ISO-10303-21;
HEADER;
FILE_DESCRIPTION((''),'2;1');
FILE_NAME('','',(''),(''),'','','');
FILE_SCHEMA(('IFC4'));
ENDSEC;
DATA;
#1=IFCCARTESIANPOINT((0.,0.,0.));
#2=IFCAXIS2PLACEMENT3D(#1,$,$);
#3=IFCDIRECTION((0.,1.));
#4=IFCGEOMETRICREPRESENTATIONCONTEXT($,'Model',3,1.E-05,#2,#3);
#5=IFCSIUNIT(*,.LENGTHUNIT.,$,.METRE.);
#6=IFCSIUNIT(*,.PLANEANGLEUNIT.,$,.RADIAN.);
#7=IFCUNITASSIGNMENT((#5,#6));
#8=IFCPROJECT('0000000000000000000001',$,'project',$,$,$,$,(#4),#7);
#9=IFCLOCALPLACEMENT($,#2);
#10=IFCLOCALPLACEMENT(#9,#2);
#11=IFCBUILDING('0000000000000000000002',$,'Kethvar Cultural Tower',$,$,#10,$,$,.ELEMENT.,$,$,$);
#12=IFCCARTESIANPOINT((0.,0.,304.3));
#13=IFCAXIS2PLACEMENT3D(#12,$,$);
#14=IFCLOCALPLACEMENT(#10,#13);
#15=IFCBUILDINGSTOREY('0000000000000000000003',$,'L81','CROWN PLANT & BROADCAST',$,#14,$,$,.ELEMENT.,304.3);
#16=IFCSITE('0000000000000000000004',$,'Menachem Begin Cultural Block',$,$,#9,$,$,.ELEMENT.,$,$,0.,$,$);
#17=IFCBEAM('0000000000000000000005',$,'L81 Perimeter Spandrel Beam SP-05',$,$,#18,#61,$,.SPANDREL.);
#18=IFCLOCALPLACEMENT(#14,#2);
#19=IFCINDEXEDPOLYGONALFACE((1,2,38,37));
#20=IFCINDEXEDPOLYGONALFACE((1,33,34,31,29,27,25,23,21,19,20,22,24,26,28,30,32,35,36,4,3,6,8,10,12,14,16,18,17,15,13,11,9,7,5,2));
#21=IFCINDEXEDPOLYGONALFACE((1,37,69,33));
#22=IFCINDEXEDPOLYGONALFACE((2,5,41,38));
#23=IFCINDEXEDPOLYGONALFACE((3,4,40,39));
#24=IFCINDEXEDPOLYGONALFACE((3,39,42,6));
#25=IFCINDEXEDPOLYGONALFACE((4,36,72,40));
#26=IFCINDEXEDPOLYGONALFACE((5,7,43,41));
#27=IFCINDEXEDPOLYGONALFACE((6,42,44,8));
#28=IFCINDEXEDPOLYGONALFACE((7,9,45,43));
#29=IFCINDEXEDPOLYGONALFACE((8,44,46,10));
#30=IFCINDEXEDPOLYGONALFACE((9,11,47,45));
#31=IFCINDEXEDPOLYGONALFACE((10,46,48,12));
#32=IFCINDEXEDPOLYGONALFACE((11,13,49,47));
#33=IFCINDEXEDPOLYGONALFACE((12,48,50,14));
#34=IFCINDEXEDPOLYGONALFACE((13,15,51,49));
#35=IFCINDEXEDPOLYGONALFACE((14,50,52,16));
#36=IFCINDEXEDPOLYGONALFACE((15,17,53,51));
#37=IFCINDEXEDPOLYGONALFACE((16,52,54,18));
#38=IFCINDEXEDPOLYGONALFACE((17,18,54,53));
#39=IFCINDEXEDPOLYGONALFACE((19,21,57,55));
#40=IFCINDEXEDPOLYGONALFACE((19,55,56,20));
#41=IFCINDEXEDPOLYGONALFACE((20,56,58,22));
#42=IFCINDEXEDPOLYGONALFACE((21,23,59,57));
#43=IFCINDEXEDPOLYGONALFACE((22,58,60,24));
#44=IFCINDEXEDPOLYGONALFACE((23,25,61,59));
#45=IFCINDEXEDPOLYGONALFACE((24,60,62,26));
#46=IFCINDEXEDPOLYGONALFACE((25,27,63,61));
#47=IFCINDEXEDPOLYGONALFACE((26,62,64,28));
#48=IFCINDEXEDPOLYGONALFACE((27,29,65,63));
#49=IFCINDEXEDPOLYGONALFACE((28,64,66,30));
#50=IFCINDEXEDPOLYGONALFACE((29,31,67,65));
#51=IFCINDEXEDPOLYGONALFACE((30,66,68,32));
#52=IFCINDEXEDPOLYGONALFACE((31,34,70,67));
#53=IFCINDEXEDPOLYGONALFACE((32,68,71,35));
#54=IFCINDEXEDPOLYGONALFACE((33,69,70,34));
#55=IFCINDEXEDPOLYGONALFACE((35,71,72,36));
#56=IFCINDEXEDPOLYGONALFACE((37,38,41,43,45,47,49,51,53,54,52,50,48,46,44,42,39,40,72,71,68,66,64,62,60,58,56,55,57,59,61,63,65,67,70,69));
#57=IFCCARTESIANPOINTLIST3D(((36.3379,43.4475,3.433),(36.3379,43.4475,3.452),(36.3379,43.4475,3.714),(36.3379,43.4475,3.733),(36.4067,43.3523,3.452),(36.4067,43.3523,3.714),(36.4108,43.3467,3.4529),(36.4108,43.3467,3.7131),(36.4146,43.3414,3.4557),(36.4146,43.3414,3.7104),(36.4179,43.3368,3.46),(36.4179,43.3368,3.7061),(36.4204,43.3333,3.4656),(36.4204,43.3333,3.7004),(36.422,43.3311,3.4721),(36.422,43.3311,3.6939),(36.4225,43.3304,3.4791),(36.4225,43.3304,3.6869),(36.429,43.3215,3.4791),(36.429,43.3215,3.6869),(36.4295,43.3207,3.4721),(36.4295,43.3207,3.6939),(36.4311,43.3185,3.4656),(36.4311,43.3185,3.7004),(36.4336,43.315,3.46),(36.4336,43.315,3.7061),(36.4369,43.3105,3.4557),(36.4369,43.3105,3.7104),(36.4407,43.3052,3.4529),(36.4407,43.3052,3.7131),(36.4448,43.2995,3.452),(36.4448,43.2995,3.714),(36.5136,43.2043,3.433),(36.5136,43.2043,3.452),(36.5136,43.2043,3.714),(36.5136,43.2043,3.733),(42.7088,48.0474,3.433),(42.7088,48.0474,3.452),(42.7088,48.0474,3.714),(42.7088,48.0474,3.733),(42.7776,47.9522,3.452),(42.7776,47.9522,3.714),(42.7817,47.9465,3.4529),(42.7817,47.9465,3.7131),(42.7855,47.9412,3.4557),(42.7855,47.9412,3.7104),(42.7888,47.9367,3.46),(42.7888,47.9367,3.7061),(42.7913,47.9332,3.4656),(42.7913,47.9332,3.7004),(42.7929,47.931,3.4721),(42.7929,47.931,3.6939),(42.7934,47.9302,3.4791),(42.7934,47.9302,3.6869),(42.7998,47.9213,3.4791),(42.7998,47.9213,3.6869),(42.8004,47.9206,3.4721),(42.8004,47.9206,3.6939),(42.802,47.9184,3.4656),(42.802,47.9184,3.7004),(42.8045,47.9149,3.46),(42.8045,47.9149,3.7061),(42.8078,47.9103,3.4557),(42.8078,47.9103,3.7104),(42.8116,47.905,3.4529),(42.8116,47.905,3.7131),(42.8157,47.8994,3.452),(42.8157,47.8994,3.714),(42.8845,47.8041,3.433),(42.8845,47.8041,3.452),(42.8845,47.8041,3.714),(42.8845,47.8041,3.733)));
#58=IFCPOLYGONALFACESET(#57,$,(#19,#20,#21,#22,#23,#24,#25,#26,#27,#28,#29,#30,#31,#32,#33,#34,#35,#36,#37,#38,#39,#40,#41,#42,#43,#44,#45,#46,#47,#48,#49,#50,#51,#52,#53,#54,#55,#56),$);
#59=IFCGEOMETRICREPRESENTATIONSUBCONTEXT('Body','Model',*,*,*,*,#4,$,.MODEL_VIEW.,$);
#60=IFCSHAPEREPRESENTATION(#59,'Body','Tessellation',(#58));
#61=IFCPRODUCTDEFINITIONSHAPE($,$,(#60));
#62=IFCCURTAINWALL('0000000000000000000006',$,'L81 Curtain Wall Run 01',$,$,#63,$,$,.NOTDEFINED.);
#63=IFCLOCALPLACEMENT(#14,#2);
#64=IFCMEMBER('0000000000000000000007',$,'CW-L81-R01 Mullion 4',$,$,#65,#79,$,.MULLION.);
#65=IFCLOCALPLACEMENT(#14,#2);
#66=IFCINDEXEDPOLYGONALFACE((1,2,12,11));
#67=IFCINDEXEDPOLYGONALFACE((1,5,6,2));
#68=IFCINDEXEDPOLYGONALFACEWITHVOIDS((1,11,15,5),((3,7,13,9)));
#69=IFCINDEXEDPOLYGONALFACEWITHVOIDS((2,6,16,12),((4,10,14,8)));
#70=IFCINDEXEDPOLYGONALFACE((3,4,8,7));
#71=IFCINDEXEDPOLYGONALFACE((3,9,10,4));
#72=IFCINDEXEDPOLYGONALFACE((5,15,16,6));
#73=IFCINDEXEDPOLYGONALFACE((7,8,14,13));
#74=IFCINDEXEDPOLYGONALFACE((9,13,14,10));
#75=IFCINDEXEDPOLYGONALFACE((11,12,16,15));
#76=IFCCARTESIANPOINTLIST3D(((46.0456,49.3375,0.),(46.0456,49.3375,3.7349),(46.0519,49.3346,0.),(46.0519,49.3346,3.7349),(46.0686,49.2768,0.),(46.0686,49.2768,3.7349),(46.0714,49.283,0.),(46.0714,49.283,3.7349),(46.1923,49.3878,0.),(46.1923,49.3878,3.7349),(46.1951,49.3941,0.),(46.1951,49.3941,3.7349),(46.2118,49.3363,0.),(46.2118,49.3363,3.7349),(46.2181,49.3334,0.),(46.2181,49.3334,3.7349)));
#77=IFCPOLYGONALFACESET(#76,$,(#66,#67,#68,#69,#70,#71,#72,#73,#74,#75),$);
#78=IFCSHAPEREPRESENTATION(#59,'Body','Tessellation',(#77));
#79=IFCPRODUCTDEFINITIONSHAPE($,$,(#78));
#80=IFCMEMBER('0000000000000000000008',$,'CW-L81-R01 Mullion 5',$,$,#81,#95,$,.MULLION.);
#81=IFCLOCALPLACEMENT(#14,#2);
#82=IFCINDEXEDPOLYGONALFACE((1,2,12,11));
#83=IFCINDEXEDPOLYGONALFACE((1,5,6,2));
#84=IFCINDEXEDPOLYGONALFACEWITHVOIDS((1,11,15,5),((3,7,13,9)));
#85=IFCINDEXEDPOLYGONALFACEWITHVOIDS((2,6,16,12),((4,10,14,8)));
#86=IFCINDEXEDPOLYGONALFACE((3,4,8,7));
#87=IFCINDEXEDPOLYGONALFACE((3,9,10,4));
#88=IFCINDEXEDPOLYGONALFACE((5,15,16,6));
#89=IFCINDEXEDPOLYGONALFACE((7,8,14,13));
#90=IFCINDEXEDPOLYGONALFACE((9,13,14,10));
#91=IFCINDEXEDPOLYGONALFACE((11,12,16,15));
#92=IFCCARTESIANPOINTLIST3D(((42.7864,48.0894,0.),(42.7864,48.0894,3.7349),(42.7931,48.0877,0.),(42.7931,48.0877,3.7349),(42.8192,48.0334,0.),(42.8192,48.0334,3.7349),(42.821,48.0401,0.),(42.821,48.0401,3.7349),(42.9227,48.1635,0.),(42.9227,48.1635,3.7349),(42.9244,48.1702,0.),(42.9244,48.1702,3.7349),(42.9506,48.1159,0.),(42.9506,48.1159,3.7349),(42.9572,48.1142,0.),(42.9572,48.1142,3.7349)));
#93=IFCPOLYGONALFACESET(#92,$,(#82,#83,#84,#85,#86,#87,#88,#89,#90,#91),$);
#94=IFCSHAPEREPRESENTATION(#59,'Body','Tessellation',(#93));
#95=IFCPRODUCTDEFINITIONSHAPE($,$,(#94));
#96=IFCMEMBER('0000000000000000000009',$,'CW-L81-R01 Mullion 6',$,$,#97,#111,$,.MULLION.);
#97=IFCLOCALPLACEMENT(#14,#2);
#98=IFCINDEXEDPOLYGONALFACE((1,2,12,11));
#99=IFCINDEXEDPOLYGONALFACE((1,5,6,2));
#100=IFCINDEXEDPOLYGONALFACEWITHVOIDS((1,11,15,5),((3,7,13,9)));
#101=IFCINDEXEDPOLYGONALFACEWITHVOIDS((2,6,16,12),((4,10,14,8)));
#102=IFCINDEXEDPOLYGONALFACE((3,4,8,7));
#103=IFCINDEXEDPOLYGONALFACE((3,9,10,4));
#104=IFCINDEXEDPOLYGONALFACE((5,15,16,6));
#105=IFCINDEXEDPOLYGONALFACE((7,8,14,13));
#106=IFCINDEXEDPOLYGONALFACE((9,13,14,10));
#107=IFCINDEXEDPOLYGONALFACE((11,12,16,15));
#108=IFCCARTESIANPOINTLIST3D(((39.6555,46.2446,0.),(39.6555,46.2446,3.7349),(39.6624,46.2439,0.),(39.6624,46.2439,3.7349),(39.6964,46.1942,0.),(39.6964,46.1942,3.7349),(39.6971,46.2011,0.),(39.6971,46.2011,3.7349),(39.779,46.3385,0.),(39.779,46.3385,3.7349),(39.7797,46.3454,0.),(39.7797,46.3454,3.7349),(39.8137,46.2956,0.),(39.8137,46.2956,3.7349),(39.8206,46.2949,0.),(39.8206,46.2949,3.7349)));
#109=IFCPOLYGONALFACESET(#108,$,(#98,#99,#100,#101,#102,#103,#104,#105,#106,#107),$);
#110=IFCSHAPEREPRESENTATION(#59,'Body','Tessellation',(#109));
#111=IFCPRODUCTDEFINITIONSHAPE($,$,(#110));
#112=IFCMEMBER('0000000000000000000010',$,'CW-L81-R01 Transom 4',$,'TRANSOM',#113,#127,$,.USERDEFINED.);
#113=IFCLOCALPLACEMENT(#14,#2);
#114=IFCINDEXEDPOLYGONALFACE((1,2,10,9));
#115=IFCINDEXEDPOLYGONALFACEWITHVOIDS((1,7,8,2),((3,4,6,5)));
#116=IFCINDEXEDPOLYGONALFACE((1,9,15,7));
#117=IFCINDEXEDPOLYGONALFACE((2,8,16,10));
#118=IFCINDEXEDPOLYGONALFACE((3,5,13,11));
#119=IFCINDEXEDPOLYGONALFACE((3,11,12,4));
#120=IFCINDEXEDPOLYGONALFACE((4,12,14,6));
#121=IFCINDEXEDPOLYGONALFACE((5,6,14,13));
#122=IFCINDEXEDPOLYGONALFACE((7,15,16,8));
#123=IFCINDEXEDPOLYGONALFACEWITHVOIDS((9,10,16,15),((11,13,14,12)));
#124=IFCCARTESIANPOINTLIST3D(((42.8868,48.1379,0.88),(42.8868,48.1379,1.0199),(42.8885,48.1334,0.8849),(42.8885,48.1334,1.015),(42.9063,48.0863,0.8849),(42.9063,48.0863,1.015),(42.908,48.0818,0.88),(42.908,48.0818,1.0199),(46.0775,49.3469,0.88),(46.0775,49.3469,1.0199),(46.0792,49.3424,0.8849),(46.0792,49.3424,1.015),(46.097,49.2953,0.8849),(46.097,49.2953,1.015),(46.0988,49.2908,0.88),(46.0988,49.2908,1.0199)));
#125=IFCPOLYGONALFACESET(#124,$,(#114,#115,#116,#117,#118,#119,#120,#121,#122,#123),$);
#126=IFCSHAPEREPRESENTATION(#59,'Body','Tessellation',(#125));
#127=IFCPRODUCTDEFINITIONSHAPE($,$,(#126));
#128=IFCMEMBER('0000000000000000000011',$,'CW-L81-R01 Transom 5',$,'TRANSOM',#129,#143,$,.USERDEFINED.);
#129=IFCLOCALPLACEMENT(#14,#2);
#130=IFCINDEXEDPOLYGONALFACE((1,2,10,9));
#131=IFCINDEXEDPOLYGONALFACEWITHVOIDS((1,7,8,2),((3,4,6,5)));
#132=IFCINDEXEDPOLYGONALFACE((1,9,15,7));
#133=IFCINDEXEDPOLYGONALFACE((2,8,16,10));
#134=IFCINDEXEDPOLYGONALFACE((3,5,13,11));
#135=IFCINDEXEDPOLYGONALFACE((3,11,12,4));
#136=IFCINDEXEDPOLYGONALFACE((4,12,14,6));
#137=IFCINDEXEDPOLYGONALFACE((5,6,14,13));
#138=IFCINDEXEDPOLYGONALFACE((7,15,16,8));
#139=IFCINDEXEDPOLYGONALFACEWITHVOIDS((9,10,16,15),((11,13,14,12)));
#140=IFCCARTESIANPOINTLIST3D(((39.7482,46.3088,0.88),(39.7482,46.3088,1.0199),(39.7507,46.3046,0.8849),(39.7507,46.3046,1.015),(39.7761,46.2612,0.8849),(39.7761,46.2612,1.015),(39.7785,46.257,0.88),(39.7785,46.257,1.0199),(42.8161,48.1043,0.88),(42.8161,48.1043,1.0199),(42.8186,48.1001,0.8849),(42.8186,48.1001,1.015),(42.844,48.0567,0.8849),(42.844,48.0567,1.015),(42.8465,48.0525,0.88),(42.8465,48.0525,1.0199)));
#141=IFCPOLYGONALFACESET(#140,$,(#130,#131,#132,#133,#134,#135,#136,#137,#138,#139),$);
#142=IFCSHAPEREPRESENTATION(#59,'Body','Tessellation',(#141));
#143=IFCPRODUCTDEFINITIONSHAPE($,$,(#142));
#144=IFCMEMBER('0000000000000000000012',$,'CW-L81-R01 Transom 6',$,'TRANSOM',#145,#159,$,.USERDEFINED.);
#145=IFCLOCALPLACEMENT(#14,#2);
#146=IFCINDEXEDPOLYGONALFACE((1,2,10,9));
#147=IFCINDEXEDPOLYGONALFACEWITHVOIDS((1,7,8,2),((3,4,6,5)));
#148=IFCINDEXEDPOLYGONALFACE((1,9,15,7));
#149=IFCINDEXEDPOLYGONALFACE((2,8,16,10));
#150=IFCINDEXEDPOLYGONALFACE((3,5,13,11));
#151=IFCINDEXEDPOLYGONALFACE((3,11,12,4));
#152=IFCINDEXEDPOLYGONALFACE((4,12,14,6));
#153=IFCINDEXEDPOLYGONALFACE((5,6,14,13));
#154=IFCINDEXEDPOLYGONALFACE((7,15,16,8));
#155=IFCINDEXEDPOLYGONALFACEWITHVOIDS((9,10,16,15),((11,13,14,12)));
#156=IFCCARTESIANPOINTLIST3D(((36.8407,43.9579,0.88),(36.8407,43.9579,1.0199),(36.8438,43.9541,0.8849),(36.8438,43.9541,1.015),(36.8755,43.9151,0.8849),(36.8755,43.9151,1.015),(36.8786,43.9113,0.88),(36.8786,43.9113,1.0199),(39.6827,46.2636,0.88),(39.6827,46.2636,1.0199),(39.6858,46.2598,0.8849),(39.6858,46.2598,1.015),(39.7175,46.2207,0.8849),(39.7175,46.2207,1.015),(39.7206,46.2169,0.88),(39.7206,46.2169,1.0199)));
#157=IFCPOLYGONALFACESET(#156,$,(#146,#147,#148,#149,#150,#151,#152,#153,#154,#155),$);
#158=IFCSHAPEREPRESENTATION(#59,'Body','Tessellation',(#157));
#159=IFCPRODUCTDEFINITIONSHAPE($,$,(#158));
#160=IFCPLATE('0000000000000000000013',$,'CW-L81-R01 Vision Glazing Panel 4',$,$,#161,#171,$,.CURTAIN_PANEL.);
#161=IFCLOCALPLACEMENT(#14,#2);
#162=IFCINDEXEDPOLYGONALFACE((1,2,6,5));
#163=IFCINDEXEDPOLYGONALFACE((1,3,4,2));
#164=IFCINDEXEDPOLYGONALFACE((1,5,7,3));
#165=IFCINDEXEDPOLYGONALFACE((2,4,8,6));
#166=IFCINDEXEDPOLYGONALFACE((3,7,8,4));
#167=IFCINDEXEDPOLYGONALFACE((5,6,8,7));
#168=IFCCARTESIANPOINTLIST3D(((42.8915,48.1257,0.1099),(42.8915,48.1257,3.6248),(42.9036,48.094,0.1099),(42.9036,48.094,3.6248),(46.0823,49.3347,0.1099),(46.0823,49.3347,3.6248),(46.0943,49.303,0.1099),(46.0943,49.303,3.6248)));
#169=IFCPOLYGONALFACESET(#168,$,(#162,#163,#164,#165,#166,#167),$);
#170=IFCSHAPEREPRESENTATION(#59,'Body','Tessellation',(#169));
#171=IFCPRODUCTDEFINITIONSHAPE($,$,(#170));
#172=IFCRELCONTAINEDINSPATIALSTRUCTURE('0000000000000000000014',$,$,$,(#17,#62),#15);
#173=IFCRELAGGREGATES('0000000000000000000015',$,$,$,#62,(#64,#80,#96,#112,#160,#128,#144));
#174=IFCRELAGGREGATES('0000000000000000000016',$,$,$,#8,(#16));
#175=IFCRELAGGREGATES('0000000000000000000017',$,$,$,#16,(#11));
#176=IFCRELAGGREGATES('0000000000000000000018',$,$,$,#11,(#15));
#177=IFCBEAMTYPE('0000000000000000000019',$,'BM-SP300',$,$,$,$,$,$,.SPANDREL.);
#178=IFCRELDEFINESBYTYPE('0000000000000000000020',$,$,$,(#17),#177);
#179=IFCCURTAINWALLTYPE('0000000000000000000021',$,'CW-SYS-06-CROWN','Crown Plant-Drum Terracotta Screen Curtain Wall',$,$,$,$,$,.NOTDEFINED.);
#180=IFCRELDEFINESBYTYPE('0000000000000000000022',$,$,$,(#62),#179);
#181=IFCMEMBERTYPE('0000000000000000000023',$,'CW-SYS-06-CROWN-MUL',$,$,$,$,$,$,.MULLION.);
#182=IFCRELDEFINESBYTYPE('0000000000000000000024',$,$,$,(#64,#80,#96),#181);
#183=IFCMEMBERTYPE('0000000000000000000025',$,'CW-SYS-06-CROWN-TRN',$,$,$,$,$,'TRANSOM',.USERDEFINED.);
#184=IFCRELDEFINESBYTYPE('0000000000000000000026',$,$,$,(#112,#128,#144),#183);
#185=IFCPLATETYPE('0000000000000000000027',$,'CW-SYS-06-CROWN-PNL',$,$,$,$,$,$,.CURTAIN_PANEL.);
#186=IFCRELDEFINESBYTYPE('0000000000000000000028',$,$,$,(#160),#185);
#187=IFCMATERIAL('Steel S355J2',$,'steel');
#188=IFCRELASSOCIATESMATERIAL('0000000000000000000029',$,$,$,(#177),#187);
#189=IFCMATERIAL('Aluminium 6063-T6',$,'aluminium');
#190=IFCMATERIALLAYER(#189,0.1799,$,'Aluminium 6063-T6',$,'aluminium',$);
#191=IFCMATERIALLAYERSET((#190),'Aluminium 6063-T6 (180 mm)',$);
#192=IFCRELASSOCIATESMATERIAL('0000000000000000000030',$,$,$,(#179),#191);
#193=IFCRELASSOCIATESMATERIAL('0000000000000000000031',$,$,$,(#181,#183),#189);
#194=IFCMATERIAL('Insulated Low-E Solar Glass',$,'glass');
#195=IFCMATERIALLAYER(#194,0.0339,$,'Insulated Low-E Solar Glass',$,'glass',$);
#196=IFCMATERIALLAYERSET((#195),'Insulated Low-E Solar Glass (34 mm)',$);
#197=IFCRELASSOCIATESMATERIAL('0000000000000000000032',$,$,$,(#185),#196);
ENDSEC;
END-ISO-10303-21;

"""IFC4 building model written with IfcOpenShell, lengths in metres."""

from ifc_helpers import new_model, si_unit, direction, frame, origin, origin_2d, place, context, subcontext, project, spatial, rectangle, hollow_rectangle, i_section, extrude, source, transform, mapped, material, layer, layer_set, material_profile, profile_set, type_object, element, aggregate, save


model = new_model("IFC4")

# Units and contexts
model_context = context("Model", 3, precision=1e-05, world=origin(), true_north=direction((0.0, 1.0)))
body_context = subcontext(model_context, "Body", "Model", "MODEL_VIEW")
ifc_project = project(units=[si_unit("LENGTHUNIT", "METRE"), si_unit("PLANEANGLEUNIT", "RADIAN")], contexts=[model_context])

# Site, building, storey
site_placement = place(None, origin())
site = spatial("IfcSite", under=ifc_project, at=site_placement, Name="Menachem Begin Cultural Block", CompositionType="ELEMENT", RefElevation=0.0)
building_placement = place(site_placement, origin())
building = spatial("IfcBuilding", under=site, at=building_placement, Name="Kethvar Cultural Tower", CompositionType="ELEMENT")
storey_placement = place(building_placement, frame((0.0, 0.0, 304.3)))
storey = spatial("IfcBuildingStorey", under=building, at=storey_placement, Name="L81", Description="CROWN PLANT & BROADCAST", CompositionType="ELEMENT", Elevation=304.3)

# Shared definitions
ifc_material_1 = material(Name="Steel S355J2", Category="steel")

# Beam
ifc_material_profile_1 = material_profile(ifc_material_1, i_section(OverallWidth=0.3, OverallDepth=0.3, WebThickness=0.011, FlangeThickness=0.019, FilletRadius=0.0271, at=origin_2d()), Name="Steel S355J2 — HEB300")
ifc_profile_set_1 = profile_set([ifc_material_profile_1], Name="Steel S355J2 — HEB300")
beam_type_1 = type_object("IfcBeamType", Name="BM-SP300", PredefinedType="SPANDREL", material=ifc_profile_set_1)
shared_shape_1 = source(origin(), body_context, "Body", "SweptSolid", [
    extrude(i_section(OverallWidth=0.3, OverallDepth=0.3, WebThickness=0.011, FlangeThickness=0.019, FilletRadius=0.0271, at=origin_2d()), origin(), (0.0, 0.0, 1.0), 7.8579),
])
beam_1_placement = place(storey_placement, frame((42.7966, 47.9258, 3.583), z_axis=(-0.810759, -0.585381, 0.0), x_axis=(0.585381, -0.810759, 0.0)))
element("IfcBeam", 1, at=beam_1_placement, inside=storey, type_object=beam_type_1, Name="L81 Perimeter Spandrel Beam SP-05", PredefinedType="SPANDREL", context=body_context, shape_type="MappedRepresentation", body=[
    mapped(shared_shape_1, transform((0.0, 0.0, 0.0), scale=1.0)),
])

# Curtain wall, members, plate
ifc_material_2 = material(Name="Aluminium 6063-T6", Category="aluminium")
ifc_layer_1 = layer(ifc_material_2, 0.1799, Name="Aluminium 6063-T6", Category="aluminium")
ifc_layer_set_1 = layer_set([ifc_layer_1], Name="Aluminium 6063-T6 (180 mm)")
curtain_wall_type = type_object("IfcCurtainWallType", Name="CW-SYS-06-CROWN", Description="Crown Plant-Drum Terracotta Screen Curtain Wall", PredefinedType="NOTDEFINED", material=ifc_layer_set_1)
curtain_wall_placement = place(storey_placement, origin())
curtain_wall = element("IfcCurtainWall", 2, at=curtain_wall_placement, inside=storey, type_object=curtain_wall_type, Name="L81 Curtain Wall Run 01", PredefinedType="NOTDEFINED")
ifc_material_profile_2 = material_profile(ifc_material_2, hollow_rectangle(XDim=0.0649, YDim=0.1599, WallThickness=0.0049, at=origin_2d()), Name="Aluminium 6063-T6 — RHS160x65x5")
ifc_profile_set_2 = profile_set([ifc_material_profile_2], Name="Aluminium 6063-T6 — RHS160x65x5")
member_type_1 = type_object("IfcMemberType", Name="CW-SYS-06-CROWN-MUL", PredefinedType="MULLION", material=ifc_profile_set_2)
shared_shape_2 = source(origin(), body_context, "Body", "SweptSolid", [
    extrude(hollow_rectangle(XDim=0.0649, YDim=0.1599, WallThickness=0.0049, at=origin_2d()), origin(), (0.0, 0.0, 1.0), 3.7349),
])
member_1_placement = place(storey_placement, frame((46.1318, 49.3354, 0.0), z_axis=(0.0, 0.0, 1.0), x_axis=(0.35434, -0.935117, 0.0)))
member_1 = element("IfcMember", 3, at=member_1_placement, type_object=member_type_1, Name="CW-L81-R01 Mullion 4", PredefinedType="MULLION", context=body_context, shape_type="MappedRepresentation", body=[
    mapped(shared_shape_2, transform((0.0, 0.0, 0.0), scale=1.0)),
])
member_2_placement = place(storey_placement, frame((42.8718, 48.1018, 0.0), z_axis=(0.0, 0.0, 1.0), x_axis=(0.505055, -0.863087, 0.0)))
member_2 = element("IfcMember", 4, at=member_2_placement, type_object=member_type_1, Name="CW-L81-R01 Mullion 5", PredefinedType="MULLION", context=body_context, shape_type="MappedRepresentation", body=[
    mapped(shared_shape_2, transform((0.0, 0.0, 0.0), scale=1.0)),
])
member_3_placement = place(storey_placement, frame((39.738, 46.2698, 0.0), z_axis=(0.0, 0.0, 1.0), x_axis=(0.630025, -0.776574, 0.0)))
member_3 = element("IfcMember", 5, at=member_3_placement, type_object=member_type_1, Name="CW-L81-R01 Mullion 6", PredefinedType="MULLION", context=body_context, shape_type="MappedRepresentation", body=[
    mapped(shared_shape_2, transform((0.0, 0.0, 0.0), scale=1.0)),
])
ifc_material_profile_3 = material_profile(ifc_material_2, hollow_rectangle(XDim=0.0601, YDim=0.1399, WallThickness=0.0049, at=origin_2d()), Name="Aluminium 6063-T6 — RHS140x60x5")
ifc_profile_set_3 = profile_set([ifc_material_profile_3], Name="Aluminium 6063-T6 — RHS140x60x5")
member_type_2 = type_object("IfcMemberType", Name="CW-SYS-06-CROWN-TRN", ElementType="TRANSOM", PredefinedType="USERDEFINED", material=ifc_profile_set_3)
shared_shape_3 = source(origin(), body_context, "Body", "SweptSolid", [
    extrude(hollow_rectangle(XDim=0.0601, YDim=0.1399, WallThickness=0.0049, at=origin_2d()), origin(), (0.0, 0.0, 1.0), 3.4121),
])
member_4_placement = place(storey_placement, frame((46.0881, 49.3188, 0.95), z_axis=(-0.935121, -0.354329, 0.0), x_axis=(0.354329, -0.935121, 0.0)))
member_4 = element("IfcMember", 6, at=member_4_placement, type_object=member_type_2, Name="CW-L81-R01 Transom 4", ObjectType="TRANSOM", PredefinedType="USERDEFINED", context=body_context, shape_type="MappedRepresentation", body=[
    mapped(shared_shape_3, transform((0.0, 0.0, 0.0), scale=1.0)),
])
shared_shape_4 = source(origin(), body_context, "Body", "SweptSolid", [
    extrude(hollow_rectangle(XDim=0.0601, YDim=0.1399, WallThickness=0.0049, at=origin_2d()), origin(), (0.0, 0.0, 1.0), 3.5547),
])
member_5_placement = place(storey_placement, frame((42.8313, 48.0784, 0.95), z_axis=(-0.863066, -0.505092, 0.0), x_axis=(0.505092, -0.863066, 0.0)))
member_5 = element("IfcMember", 7, at=member_5_placement, type_object=member_type_2, Name="CW-L81-R01 Transom 5", ObjectType="TRANSOM", PredefinedType="USERDEFINED", context=body_context, shape_type="MappedRepresentation", body=[
    mapped(shared_shape_4, transform((0.0, 0.0, 0.0), scale=1.0)),
])
shared_shape_5 = source(origin(), body_context, "Body", "SweptSolid", [
    extrude(hollow_rectangle(XDim=0.0601, YDim=0.1399, WallThickness=0.0049, at=origin_2d()), origin(), (0.0, 0.0, 1.0), 3.6597),
])
member_6_placement = place(storey_placement, frame((39.7017, 46.2402, 0.95), z_axis=(-0.776581, -0.630017, 0.0), x_axis=(0.630017, -0.776581, 0.0)))
member_6 = element("IfcMember", 8, at=member_6_placement, type_object=member_type_2, Name="CW-L81-R01 Transom 6", ObjectType="TRANSOM", PredefinedType="USERDEFINED", context=body_context, shape_type="MappedRepresentation", body=[
    mapped(shared_shape_5, transform((0.0, 0.0, 0.0), scale=1.0)),
])
ifc_material_3 = material(Name="Insulated Low-E Solar Glass", Category="glass")
ifc_layer_2 = layer(ifc_material_3, 0.0339, Name="Insulated Low-E Solar Glass", Category="glass")
ifc_layer_set_2 = layer_set([ifc_layer_2], Name="Insulated Low-E Solar Glass (34 mm)")
plate_type = type_object("IfcPlateType", Name="CW-SYS-06-CROWN-PNL", PredefinedType="CURTAIN_PANEL", material=ifc_layer_set_2)
shared_shape_6 = source(origin(), body_context, "Body", "SweptSolid", [
    extrude(rectangle(XDim=3.4121, YDim=0.0339, at=origin_2d()), origin(), (0.0, 0.0, 1.0), 3.5149),
])
plate_1_placement = place(storey_placement, frame((44.4929, 48.7144, 0.1099), z_axis=(0.0, 0.0, 1.0), x_axis=(-0.935117, -0.35434, 0.0)))
plate_1 = element("IfcPlate", 9, at=plate_1_placement, type_object=plate_type, Name="CW-L81-R01 Vision Glazing Panel 4", PredefinedType="CURTAIN_PANEL", context=body_context, shape_type="MappedRepresentation", body=[
    mapped(shared_shape_6, transform((0.0, 0.0, 0.0), scale=1.0)),
])
aggregate(curtain_wall, [member_1, member_2, member_3, member_4, plate_1, member_5, member_6])

save(model, "model.ifc")
